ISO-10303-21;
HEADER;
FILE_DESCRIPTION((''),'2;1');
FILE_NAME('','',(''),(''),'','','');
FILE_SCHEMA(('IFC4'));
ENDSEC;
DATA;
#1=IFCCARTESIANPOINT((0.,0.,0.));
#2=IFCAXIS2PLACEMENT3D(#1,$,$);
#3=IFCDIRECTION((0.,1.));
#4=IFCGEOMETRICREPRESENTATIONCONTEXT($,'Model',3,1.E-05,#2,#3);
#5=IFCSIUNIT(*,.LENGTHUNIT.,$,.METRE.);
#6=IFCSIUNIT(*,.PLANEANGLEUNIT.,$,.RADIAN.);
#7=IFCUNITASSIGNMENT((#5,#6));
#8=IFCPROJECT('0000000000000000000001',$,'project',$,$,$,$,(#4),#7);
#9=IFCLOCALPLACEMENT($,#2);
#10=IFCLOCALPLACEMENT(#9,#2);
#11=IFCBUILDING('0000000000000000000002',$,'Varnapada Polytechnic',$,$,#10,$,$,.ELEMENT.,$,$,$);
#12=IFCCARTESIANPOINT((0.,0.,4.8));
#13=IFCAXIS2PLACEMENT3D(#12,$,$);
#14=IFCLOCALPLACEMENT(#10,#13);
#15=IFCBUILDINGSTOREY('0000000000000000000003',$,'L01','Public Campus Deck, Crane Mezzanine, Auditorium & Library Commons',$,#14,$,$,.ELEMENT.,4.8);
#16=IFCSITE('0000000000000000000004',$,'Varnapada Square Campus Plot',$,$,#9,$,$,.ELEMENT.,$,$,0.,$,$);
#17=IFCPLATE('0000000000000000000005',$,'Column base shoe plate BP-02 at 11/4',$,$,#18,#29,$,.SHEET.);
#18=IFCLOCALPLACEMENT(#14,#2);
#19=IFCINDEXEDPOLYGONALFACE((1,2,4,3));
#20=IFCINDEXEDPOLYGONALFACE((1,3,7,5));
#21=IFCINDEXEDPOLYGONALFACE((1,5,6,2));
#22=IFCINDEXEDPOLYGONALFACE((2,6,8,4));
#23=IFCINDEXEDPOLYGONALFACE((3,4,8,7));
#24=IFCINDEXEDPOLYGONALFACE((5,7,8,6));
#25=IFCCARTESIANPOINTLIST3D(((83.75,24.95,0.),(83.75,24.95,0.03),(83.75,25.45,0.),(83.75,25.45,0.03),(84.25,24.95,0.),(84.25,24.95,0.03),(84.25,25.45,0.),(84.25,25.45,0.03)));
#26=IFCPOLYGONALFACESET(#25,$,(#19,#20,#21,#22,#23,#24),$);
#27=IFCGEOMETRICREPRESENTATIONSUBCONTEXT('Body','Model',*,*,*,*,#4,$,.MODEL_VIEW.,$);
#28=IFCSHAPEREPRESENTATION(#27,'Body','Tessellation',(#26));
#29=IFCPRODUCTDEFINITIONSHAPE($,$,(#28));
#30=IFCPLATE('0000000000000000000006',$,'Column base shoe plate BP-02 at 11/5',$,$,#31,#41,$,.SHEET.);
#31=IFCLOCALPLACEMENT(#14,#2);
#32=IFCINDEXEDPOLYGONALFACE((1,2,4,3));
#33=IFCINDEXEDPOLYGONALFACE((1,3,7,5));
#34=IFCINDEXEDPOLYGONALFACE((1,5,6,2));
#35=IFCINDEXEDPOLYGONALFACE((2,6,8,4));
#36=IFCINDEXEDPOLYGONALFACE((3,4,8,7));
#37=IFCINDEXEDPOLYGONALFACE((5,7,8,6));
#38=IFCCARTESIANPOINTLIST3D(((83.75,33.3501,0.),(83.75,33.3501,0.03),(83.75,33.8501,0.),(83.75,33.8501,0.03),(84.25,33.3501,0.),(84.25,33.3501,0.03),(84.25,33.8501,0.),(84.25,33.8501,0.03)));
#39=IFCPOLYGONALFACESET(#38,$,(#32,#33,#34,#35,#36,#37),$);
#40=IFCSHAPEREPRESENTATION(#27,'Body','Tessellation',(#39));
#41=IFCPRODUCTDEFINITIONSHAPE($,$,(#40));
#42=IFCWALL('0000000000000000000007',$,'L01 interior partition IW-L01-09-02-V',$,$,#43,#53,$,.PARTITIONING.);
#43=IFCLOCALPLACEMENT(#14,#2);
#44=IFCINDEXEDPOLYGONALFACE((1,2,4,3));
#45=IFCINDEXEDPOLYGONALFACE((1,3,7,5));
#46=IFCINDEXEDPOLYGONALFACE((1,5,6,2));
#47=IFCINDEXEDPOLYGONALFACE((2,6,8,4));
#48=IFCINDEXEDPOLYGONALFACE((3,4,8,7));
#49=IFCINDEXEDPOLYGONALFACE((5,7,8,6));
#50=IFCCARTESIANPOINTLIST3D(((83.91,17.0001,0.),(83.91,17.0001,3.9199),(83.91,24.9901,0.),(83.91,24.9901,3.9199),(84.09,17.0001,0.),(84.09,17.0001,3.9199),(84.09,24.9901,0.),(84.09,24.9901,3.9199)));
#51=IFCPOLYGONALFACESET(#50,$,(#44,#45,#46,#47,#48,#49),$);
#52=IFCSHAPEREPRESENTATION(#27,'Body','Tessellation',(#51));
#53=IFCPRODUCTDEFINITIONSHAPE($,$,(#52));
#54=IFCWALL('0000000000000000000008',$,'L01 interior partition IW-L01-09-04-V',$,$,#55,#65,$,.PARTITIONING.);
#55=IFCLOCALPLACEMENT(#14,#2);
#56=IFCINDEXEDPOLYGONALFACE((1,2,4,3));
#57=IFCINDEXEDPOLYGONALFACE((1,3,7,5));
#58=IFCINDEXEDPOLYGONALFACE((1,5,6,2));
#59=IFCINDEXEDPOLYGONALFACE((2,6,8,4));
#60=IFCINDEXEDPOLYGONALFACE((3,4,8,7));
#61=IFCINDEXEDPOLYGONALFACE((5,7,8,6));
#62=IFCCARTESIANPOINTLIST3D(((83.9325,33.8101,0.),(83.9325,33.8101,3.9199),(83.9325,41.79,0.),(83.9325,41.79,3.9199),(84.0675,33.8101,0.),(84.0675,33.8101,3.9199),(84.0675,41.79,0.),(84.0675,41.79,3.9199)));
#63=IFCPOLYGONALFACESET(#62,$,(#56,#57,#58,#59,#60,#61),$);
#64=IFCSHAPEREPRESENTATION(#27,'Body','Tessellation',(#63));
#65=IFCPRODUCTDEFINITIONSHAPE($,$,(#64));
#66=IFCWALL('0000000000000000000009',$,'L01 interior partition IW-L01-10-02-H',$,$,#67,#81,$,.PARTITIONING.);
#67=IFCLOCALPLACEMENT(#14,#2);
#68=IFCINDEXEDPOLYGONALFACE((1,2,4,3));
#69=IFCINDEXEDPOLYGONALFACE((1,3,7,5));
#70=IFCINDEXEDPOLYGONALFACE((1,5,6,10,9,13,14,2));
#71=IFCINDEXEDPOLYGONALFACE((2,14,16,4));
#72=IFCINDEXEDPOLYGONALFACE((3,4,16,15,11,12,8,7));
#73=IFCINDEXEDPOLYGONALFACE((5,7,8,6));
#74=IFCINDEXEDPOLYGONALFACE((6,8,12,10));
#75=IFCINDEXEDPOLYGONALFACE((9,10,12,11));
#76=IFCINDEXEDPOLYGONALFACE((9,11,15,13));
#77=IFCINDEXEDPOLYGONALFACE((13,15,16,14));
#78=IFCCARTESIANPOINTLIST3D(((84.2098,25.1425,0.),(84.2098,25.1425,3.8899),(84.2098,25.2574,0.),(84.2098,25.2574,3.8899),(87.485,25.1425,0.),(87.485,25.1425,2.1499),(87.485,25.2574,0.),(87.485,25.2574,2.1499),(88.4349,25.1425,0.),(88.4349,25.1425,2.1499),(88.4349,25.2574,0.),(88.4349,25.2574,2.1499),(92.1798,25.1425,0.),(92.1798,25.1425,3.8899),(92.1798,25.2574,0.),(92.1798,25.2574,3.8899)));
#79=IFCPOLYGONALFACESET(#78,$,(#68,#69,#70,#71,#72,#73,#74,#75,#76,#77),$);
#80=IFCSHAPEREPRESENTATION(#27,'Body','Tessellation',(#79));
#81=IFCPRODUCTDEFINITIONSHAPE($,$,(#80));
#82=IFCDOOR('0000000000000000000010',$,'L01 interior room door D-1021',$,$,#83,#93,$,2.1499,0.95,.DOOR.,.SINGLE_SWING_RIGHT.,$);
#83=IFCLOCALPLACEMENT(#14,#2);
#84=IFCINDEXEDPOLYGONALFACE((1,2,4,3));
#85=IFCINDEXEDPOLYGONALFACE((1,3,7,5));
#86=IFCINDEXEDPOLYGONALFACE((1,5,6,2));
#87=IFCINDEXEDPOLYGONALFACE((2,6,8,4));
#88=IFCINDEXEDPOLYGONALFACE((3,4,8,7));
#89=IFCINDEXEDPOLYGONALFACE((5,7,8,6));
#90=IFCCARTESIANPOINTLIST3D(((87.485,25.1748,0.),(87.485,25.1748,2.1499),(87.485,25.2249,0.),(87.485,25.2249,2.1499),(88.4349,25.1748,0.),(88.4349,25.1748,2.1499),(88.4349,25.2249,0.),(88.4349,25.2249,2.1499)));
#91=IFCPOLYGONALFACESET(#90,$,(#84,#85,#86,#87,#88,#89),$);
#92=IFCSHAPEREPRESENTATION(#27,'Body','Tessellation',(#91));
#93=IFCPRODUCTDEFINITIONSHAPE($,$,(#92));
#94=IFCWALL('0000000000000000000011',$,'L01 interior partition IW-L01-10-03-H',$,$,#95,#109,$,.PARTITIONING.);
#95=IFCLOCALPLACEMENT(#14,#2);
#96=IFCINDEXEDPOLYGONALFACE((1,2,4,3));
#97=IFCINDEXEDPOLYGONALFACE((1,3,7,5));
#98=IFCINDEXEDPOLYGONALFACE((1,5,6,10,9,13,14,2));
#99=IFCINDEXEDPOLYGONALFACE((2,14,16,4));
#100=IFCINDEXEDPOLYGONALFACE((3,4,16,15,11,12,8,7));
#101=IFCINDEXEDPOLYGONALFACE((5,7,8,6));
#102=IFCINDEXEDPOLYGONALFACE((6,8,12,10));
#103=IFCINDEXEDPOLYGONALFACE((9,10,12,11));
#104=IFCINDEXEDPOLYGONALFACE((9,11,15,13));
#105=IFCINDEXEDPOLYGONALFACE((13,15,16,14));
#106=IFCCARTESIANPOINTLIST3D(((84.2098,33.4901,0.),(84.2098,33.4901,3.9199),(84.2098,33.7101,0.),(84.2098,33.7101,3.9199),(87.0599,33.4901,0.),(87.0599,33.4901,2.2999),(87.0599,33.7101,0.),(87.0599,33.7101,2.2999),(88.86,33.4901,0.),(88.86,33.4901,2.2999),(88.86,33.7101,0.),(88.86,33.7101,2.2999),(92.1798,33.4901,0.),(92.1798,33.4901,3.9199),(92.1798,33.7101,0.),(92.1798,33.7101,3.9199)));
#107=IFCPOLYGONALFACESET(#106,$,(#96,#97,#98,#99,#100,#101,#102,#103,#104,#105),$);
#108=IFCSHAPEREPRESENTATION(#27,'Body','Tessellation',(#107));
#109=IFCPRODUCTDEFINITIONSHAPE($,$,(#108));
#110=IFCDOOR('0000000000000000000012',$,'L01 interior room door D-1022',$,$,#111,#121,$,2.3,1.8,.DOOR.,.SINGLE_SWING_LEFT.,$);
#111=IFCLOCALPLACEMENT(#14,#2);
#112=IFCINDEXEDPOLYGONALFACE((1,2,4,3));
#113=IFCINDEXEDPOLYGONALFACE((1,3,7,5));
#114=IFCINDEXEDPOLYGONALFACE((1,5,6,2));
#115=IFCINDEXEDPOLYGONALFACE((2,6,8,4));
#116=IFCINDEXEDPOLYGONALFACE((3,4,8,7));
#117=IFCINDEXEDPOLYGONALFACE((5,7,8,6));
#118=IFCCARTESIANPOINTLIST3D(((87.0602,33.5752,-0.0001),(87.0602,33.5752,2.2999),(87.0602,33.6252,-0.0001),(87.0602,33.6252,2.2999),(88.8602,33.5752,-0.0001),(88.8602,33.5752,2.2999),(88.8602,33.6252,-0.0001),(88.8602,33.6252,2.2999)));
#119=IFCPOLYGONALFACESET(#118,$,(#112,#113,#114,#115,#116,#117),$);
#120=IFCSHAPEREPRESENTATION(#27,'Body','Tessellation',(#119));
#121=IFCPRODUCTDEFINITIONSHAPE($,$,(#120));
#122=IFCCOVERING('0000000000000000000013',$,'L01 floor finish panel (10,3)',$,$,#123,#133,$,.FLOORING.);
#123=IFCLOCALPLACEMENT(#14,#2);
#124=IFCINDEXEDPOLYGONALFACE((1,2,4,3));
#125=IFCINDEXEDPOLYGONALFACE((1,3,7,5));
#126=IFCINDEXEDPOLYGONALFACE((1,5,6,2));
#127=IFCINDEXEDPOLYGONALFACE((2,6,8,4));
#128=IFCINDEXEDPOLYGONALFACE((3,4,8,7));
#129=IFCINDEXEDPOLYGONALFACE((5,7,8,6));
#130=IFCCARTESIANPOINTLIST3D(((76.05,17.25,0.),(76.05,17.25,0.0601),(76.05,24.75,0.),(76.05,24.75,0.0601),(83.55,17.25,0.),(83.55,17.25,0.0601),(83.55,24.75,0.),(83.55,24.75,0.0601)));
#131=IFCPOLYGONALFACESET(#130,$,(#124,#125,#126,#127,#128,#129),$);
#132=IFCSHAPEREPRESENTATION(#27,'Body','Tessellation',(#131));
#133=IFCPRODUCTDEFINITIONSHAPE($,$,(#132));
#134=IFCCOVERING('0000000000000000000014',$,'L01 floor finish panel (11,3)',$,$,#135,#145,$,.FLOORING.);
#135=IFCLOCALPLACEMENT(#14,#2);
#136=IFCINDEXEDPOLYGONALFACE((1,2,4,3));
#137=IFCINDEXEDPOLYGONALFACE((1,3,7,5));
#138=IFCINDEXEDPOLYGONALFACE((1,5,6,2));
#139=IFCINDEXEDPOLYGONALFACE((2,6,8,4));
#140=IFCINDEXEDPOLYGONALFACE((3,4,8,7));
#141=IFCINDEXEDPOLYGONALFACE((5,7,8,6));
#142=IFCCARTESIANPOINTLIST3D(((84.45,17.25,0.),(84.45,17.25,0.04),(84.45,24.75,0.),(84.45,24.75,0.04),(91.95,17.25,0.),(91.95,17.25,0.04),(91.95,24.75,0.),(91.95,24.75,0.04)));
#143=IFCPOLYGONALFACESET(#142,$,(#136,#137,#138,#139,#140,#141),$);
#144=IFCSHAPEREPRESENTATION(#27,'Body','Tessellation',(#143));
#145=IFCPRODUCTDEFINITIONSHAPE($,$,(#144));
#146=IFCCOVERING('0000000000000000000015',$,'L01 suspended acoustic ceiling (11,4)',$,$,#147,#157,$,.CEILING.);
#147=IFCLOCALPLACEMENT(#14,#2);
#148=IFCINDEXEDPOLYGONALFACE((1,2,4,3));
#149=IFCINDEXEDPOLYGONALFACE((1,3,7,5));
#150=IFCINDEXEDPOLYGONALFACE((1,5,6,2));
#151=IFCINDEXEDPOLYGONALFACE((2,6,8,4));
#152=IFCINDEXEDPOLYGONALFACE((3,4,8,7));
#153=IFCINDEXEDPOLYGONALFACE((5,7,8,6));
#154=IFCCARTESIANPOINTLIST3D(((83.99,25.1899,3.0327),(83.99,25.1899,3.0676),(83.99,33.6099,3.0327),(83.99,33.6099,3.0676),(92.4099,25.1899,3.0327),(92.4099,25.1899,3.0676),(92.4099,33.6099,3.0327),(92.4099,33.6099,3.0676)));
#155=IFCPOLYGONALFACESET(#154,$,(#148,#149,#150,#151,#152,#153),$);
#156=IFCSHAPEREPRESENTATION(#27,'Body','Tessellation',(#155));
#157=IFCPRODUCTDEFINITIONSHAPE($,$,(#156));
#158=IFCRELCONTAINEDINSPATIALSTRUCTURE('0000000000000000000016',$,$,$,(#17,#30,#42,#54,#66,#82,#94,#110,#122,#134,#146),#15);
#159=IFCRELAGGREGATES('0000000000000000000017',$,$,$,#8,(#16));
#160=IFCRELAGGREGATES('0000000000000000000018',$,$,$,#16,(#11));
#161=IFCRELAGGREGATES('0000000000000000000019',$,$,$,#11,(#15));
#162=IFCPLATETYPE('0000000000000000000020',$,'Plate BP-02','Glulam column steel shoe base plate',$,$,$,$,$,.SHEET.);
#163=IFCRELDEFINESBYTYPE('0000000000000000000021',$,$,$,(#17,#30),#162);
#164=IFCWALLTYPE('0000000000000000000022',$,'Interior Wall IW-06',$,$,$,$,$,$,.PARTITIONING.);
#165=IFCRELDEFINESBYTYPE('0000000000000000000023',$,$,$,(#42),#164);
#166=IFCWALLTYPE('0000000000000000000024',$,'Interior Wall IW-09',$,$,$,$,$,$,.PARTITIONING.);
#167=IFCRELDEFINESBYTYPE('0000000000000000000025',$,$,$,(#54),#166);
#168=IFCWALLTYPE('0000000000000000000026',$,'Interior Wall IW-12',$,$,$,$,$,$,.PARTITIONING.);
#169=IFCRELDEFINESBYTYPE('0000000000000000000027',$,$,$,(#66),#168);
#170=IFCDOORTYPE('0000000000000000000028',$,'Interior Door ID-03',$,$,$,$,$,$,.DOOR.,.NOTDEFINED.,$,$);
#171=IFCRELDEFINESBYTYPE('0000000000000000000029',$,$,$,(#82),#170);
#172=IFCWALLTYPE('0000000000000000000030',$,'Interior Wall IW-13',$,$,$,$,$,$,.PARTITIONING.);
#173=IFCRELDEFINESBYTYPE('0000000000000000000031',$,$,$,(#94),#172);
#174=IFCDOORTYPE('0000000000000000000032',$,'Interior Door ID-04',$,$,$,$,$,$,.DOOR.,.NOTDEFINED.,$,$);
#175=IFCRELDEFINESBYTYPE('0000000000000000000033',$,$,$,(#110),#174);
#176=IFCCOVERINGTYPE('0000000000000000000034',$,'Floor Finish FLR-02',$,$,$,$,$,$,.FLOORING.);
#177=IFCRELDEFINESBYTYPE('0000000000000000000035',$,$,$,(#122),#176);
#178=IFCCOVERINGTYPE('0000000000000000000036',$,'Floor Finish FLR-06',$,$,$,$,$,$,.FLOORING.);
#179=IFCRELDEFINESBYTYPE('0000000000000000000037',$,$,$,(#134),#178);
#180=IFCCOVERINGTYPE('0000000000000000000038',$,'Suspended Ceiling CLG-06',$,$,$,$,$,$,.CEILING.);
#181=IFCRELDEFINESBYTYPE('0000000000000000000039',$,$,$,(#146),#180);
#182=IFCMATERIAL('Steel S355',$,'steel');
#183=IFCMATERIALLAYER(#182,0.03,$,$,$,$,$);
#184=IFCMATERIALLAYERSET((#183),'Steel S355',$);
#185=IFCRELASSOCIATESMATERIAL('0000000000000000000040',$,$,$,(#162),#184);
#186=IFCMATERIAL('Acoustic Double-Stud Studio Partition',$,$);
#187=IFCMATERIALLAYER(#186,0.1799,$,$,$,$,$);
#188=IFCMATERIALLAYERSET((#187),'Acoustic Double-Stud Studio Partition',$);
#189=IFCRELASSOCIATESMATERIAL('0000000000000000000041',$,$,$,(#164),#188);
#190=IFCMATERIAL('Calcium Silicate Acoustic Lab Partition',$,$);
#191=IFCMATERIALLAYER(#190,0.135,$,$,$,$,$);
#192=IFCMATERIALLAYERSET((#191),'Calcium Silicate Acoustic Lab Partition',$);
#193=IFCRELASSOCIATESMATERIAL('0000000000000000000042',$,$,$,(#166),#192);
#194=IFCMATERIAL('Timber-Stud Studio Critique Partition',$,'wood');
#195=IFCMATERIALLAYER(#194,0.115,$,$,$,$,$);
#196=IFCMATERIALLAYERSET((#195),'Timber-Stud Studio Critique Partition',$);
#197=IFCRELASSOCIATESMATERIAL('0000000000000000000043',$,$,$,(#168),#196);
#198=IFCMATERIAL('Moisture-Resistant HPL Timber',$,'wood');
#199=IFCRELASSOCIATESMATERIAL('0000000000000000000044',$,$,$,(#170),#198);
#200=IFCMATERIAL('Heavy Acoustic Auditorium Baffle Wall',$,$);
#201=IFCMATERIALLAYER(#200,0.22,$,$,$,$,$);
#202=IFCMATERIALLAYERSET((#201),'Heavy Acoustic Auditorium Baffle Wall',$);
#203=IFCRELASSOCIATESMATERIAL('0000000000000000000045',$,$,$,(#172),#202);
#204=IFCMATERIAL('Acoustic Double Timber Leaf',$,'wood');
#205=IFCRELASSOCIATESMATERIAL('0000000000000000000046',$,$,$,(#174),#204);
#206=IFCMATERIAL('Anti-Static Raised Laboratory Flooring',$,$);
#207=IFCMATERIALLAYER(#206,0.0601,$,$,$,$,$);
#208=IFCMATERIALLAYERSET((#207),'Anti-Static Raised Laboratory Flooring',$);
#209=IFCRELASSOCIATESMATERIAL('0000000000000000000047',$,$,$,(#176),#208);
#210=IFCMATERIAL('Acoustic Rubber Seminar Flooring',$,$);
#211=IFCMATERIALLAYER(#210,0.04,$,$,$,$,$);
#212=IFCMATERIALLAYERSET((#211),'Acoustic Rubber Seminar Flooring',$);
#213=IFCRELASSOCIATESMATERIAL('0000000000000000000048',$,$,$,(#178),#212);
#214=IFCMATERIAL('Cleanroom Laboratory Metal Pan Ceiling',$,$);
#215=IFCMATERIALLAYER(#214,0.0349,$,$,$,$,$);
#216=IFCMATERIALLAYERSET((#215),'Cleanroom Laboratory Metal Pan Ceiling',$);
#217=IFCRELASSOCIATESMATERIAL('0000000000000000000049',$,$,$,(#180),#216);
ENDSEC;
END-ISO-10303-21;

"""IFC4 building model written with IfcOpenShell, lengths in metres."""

from ifc_helpers import new_model, si_unit, direction, frame, frame_2d, origin, origin_2d, place, context, subcontext, project, spatial, rectangle, extrude, material, layer, layer_set, type_object, element, fill, save


model = new_model("IFC4")

# Units and contexts
model_context = context("Model", 3, precision=1e-05, world=origin(), true_north=direction((0.0, 1.0)))
body_context = subcontext(model_context, "Body", "Model", "MODEL_VIEW")
ifc_project = project(units=[si_unit("LENGTHUNIT", "METRE"), si_unit("PLANEANGLEUNIT", "RADIAN")], contexts=[model_context])

# Site, building, storey
site_placement = place(None, origin())
site = spatial("IfcSite", under=ifc_project, at=site_placement, Name="Varnapada Square Campus Plot", CompositionType="ELEMENT", RefElevation=0.0)
building_placement = place(site_placement, origin())
building = spatial("IfcBuilding", under=site, at=building_placement, Name="Varnapada Polytechnic", CompositionType="ELEMENT")
storey_placement = place(building_placement, frame((0.0, 0.0, 4.8)))
storey = spatial("IfcBuildingStorey", under=building, at=storey_placement, Name="L01", Description="Public Campus Deck, Crane Mezzanine, Auditorium & Library Commons", CompositionType="ELEMENT", Elevation=4.8)

# Plates
ifc_material_1 = material(Name="Steel S355", Category="steel")
ifc_layer_1 = layer(ifc_material_1, 0.03)
ifc_layer_set_1 = layer_set([ifc_layer_1], Name="Steel S355")
plate_type_1 = type_object("IfcPlateType", Name="Plate BP-02", Description="Glulam column steel shoe base plate", PredefinedType="SHEET", material=ifc_layer_set_1)
for number, where, z_axis, x_axis, name in (
    (1, (84.0, 25.2, 0.0), (0.0, 0.0, 1.0), (1.0, 0.0, 0.0), "Column base shoe plate BP-02 at 11/4"),
    (2, (84.0, 33.6001, 0.0), (0.0, 0.0, 1.0), (1.0, 0.0, 0.0), "Column base shoe plate BP-02 at 11/5"),
):
    element("IfcPlate", number, at=place(storey_placement, frame(where, z_axis=z_axis, x_axis=x_axis)), inside=storey, type_object=plate_type_1, Name=name, PredefinedType="SHEET", context=body_context, shape_type="SweptSolid", body=[
        extrude(rectangle(XDim=0.5, YDim=0.5, at=origin_2d()), origin(), (0.0, 0.0, 1.0), 0.03),
    ])

# Walls
ifc_material_2 = material(Name="Acoustic Double-Stud Studio Partition")
ifc_layer_2 = layer(ifc_material_2, 0.1799)
ifc_layer_set_2 = layer_set([ifc_layer_2], Name="Acoustic Double-Stud Studio Partition")
wall_type_1 = type_object("IfcWallType", Name="Interior Wall IW-06", PredefinedType="PARTITIONING", material=ifc_layer_set_2)
wall_1_placement = place(storey_placement, frame((84.0, 17.0, 0.0), z_axis=(0.0, 0.0, 1.0), x_axis=(0.0, 1.0, 0.0)))
element("IfcWall", 3, at=wall_1_placement, inside=storey, type_object=wall_type_1, Name="L01 interior partition IW-L01-09-02-V", PredefinedType="PARTITIONING", context=body_context, shape_type="SweptSolid", body=[
    extrude(rectangle(XDim=7.99, YDim=0.1799, at=frame_2d((3.9951, 0.0))), origin(), (0.0, 0.0, 1.0), 3.9199),
])
ifc_material_3 = material(Name="Calcium Silicate Acoustic Lab Partition")
ifc_layer_3 = layer(ifc_material_3, 0.135)
ifc_layer_set_3 = layer_set([ifc_layer_3], Name="Calcium Silicate Acoustic Lab Partition")
wall_type_2 = type_object("IfcWallType", Name="Interior Wall IW-09", PredefinedType="PARTITIONING", material=ifc_layer_set_3)
wall_2_placement = place(storey_placement, frame((84.0, 33.8101, 0.0), z_axis=(0.0, 0.0, 1.0), x_axis=(0.0, 1.0, 0.0)))
element("IfcWall", 4, at=wall_2_placement, inside=storey, type_object=wall_type_2, Name="L01 interior partition IW-L01-09-04-V", PredefinedType="PARTITIONING", context=body_context, shape_type="SweptSolid", body=[
    extrude(rectangle(XDim=7.98, YDim=0.135, at=frame_2d((3.99, 0.0))), origin(), (0.0, 0.0, 1.0), 3.9199),
])

# Walls, openings, doors
ifc_material_4 = material(Name="Timber-Stud Studio Critique Partition", Category="wood")
ifc_layer_4 = layer(ifc_material_4, 0.115)
ifc_layer_set_4 = layer_set([ifc_layer_4], Name="Timber-Stud Studio Critique Partition")
wall_type_3 = type_object("IfcWallType", Name="Interior Wall IW-12", PredefinedType="PARTITIONING", material=ifc_layer_set_4)
wall_3_placement = place(storey_placement, frame((84.21, 25.2, 0.0), z_axis=(0.0, 0.0, 1.0), x_axis=(1.0, 0.0, 0.0)))
wall_3 = element("IfcWall", 5, at=wall_3_placement, inside=storey, type_object=wall_type_3, Name="L01 interior partition IW-L01-10-02-H", PredefinedType="PARTITIONING", context=body_context, shape_type="SweptSolid", body=[
    extrude(rectangle(XDim=7.97, YDim=0.115, at=frame_2d((3.9849, 0.0))), origin(), (0.0, 0.0, 1.0), 3.8899),
])
opening_1_placement = place(wall_3_placement, frame((3.2749, 0.0, 0.0)))
opening_1 = element("IfcOpeningElement", 6, at=opening_1_placement, cuts=wall_3, PredefinedType="OPENING", context=body_context, shape_type="SweptSolid", body=[
    extrude(rectangle(XDim=0.95, YDim=2.1499, at=frame_2d((0.4751, 1.075))), frame((0.0, 0.0674, 0.0), z_axis=(0.0, -1.0, 0.0), x_axis=(1.0, 0.0, 0.0)), (0.0, 0.0, 1.0), 0.135),
])
ifc_material_5 = material(Name="Moisture-Resistant HPL Timber", Category="wood")
door_type_1 = type_object("IfcDoorType", Name="Interior Door ID-03", OperationType="NOTDEFINED", PredefinedType="DOOR", material=ifc_material_5)
door_1_placement = place(opening_1_placement, origin())
door_1 = element("IfcDoor", 7, at=door_1_placement, inside=storey, type_object=door_type_1, Name="L01 interior room door D-1021", OperationType="SINGLE_SWING_RIGHT", OverallHeight=2.1499, OverallWidth=0.95, PredefinedType="DOOR", context=body_context, shape_type="SweptSolid", body=[
    extrude(rectangle(XDim=0.95, YDim=2.1499, at=frame_2d((0.4751, 1.075))), frame((0.0, 0.0249, 0.0), z_axis=(0.0, -1.0, 0.0), x_axis=(1.0, 0.0, 0.0)), (0.0, 0.0, 1.0), 0.05),
])
fill(opening_1, door_1)
ifc_material_6 = material(Name="Heavy Acoustic Auditorium Baffle Wall")
ifc_layer_5 = layer(ifc_material_6, 0.22)
ifc_layer_set_5 = layer_set([ifc_layer_5], Name="Heavy Acoustic Auditorium Baffle Wall")
wall_type_4 = type_object("IfcWallType", Name="Interior Wall IW-13", PredefinedType="PARTITIONING", material=ifc_layer_set_5)
wall_4_placement = place(storey_placement, frame((84.21, 33.6001, 0.0), z_axis=(0.0, 0.0, 1.0), x_axis=(1.0, 0.0, 0.0)))
wall_4 = element("IfcWall", 8, at=wall_4_placement, inside=storey, type_object=wall_type_4, Name="L01 interior partition IW-L01-10-03-H", PredefinedType="PARTITIONING", context=body_context, shape_type="SweptSolid", body=[
    extrude(rectangle(XDim=7.97, YDim=0.22, at=frame_2d((3.9849, 0.0))), origin(), (0.0, 0.0, 1.0), 3.9199),
])
opening_2_placement = place(wall_4_placement, frame((2.8501, 0.0, 0.0)))
opening_2 = element("IfcOpeningElement", 9, at=opening_2_placement, cuts=wall_4, PredefinedType="OPENING", context=body_context, shape_type="SweptSolid", body=[
    extrude(rectangle(XDim=1.8, YDim=2.3, at=frame_2d((0.8999, 1.1499))), frame((0.0, 0.1199, 0.0), z_axis=(0.0, -1.0, 0.0), x_axis=(1.0, 0.0, 0.0)), (0.0, 0.0, 1.0), 0.24),
])
ifc_material_7 = material(Name="Acoustic Double Timber Leaf", Category="wood")
door_type_2 = type_object("IfcDoorType", Name="Interior Door ID-04", OperationType="NOTDEFINED", PredefinedType="DOOR", material=ifc_material_7)
door_2_placement = place(opening_2_placement, frame((1.8, 0.0, 0.0), z_axis=(0.0, 0.0, 1.0), x_axis=(-1.0, 0.0, 0.0)))
door_2 = element("IfcDoor", 10, at=door_2_placement, inside=storey, type_object=door_type_2, Name="L01 interior room door D-1022", OperationType="SINGLE_SWING_LEFT", OverallHeight=2.3, OverallWidth=1.8, PredefinedType="DOOR", context=body_context, shape_type="SweptSolid", body=[
    extrude(rectangle(XDim=1.8, YDim=2.3, at=frame_2d((0.8999, 1.1499))), frame((0.0, 0.0249, 0.0), z_axis=(0.0, -1.0, 0.0), x_axis=(1.0, 0.0, 0.0)), (0.0, 0.0, 1.0), 0.05),
])
fill(opening_2, door_2)

# Coverings
ifc_material_8 = material(Name="Anti-Static Raised Laboratory Flooring")
ifc_layer_6 = layer(ifc_material_8, 0.0601)
ifc_layer_set_6 = layer_set([ifc_layer_6], Name="Anti-Static Raised Laboratory Flooring")
covering_type_1 = type_object("IfcCoveringType", Name="Floor Finish FLR-02", PredefinedType="FLOORING", material=ifc_layer_set_6)
covering_1_placement = place(storey_placement, frame((79.8, 21.0, 0.0), z_axis=(0.0, 0.0, 1.0), x_axis=(1.0, 0.0, 0.0)))
element("IfcCovering", 11, at=covering_1_placement, inside=storey, type_object=covering_type_1, Name="L01 floor finish panel (10,3)", PredefinedType="FLOORING", context=body_context, shape_type="SweptSolid", body=[
    extrude(rectangle(XDim=7.5, YDim=7.5, at=origin_2d()), origin(), (0.0, 0.0, 1.0), 0.0601),
])
ifc_material_9 = material(Name="Acoustic Rubber Seminar Flooring")
ifc_layer_7 = layer(ifc_material_9, 0.04)
ifc_layer_set_7 = layer_set([ifc_layer_7], Name="Acoustic Rubber Seminar Flooring")
covering_type_2 = type_object("IfcCoveringType", Name="Floor Finish FLR-06", PredefinedType="FLOORING", material=ifc_layer_set_7)
covering_2_placement = place(storey_placement, frame((88.2, 21.0, 0.0), z_axis=(0.0, 0.0, 1.0), x_axis=(1.0, 0.0, 0.0)))
element("IfcCovering", 12, at=covering_2_placement, inside=storey, type_object=covering_type_2, Name="L01 floor finish panel (11,3)", PredefinedType="FLOORING", context=body_context, shape_type="SweptSolid", body=[
    extrude(rectangle(XDim=7.5, YDim=7.5, at=origin_2d()), origin(), (0.0, 0.0, 1.0), 0.04),
])

# Covering
ifc_material_10 = material(Name="Cleanroom Laboratory Metal Pan Ceiling")
ifc_layer_8 = layer(ifc_material_10, 0.0349)
ifc_layer_set_8 = layer_set([ifc_layer_8], Name="Cleanroom Laboratory Metal Pan Ceiling")
covering_type_3 = type_object("IfcCoveringType", Name="Suspended Ceiling CLG-06", PredefinedType="CEILING", material=ifc_layer_set_8)
covering_3_placement = place(storey_placement, frame((88.2, 29.3999, 3.0327), z_axis=(0.0, 0.0, 1.0), x_axis=(1.0, 0.0, 0.0)))
element("IfcCovering", 13, at=covering_3_placement, inside=storey, type_object=covering_type_3, Name="L01 suspended acoustic ceiling (11,4)", PredefinedType="CEILING", context=body_context, shape_type="SweptSolid", body=[
    extrude(rectangle(XDim=8.4199, YDim=8.4199, at=origin_2d()), origin(), (0.0, 0.0, 1.0), 0.0349),
])

save(model, "model.ifc")
